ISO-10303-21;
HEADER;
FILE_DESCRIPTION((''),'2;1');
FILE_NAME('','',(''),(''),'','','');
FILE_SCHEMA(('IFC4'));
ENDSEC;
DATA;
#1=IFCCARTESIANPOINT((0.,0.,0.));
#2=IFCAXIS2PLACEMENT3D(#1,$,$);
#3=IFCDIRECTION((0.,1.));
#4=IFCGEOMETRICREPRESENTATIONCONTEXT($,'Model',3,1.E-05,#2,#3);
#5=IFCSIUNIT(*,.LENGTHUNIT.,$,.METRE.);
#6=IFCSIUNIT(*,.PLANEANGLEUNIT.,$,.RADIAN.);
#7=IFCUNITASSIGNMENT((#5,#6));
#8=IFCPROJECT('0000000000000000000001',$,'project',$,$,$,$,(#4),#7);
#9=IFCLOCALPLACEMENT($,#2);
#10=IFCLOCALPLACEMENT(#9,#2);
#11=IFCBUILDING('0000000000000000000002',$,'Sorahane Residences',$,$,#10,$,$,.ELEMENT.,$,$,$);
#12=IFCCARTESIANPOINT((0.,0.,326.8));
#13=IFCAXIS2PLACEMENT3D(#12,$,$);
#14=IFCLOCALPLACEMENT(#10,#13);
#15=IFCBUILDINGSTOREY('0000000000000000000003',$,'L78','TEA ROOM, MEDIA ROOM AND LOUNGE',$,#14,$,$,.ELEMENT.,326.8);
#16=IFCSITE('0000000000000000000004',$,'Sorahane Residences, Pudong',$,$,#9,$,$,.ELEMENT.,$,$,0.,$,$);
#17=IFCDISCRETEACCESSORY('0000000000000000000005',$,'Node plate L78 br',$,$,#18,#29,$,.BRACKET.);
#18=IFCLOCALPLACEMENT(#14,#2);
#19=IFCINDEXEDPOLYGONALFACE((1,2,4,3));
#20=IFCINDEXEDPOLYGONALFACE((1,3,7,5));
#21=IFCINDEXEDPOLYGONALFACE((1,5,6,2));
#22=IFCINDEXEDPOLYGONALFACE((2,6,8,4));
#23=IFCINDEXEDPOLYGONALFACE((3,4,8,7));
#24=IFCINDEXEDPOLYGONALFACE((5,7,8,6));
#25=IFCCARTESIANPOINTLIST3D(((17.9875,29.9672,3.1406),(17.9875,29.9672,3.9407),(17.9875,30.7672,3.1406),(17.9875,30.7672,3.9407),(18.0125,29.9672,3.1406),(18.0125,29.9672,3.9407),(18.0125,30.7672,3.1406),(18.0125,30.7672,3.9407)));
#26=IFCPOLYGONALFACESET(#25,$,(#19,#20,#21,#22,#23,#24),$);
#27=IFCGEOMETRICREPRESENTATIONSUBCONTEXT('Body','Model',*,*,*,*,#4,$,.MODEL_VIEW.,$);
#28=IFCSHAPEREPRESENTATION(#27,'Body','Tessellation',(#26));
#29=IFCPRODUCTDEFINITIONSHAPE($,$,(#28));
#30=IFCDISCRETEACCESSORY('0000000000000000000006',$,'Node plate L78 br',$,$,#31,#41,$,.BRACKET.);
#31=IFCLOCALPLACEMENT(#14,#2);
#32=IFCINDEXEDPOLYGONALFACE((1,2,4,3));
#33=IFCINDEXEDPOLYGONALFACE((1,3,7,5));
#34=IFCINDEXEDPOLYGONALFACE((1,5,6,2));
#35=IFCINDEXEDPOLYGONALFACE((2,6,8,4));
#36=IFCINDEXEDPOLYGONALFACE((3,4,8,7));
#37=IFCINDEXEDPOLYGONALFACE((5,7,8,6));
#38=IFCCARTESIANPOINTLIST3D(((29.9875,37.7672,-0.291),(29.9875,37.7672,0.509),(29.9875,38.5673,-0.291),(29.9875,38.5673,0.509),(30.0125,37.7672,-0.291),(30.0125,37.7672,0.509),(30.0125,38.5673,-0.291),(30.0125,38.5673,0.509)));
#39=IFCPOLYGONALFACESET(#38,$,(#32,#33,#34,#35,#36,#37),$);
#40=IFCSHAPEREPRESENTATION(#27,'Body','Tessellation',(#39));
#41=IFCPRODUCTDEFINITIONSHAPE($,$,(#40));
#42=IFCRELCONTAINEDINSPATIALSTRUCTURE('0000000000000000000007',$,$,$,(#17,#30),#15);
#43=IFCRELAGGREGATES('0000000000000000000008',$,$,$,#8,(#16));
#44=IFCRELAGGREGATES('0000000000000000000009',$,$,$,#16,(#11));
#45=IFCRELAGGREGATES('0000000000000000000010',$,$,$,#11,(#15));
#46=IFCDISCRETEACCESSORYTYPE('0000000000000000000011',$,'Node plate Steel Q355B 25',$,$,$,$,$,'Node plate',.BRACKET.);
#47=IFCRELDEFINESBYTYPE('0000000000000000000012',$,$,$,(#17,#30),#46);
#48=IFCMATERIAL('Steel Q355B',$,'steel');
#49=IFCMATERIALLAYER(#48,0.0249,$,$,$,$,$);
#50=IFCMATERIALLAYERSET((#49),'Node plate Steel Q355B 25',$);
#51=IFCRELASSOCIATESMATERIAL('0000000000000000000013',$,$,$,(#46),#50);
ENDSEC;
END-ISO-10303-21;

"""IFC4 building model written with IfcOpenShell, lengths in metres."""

from ifc_helpers import new_model, si_unit, direction, frame, origin, origin_2d, place, context, subcontext, project, spatial, rectangle, extrude, material, layer, layer_set, type_object, element, save


model = new_model("IFC4")

# Units and contexts
model_context = context("Model", 3, precision=1e-05, world=origin(), true_north=direction((0.0, 1.0)))
body_context = subcontext(model_context, "Body", "Model", "MODEL_VIEW")
ifc_project = project(units=[si_unit("LENGTHUNIT", "METRE"), si_unit("PLANEANGLEUNIT", "RADIAN")], contexts=[model_context])

# Site, building, storey
site_placement = place(None, origin())
site = spatial("IfcSite", under=ifc_project, at=site_placement, Name="Sorahane Residences, Pudong", CompositionType="ELEMENT", RefElevation=0.0)
building_placement = place(site_placement, origin())
building = spatial("IfcBuilding", under=site, at=building_placement, Name="Sorahane Residences", CompositionType="ELEMENT")
storey_placement = place(building_placement, frame((0.0, 0.0, 326.8)))
storey = spatial("IfcBuildingStorey", under=building, at=storey_placement, Name="L78", Description="TEA ROOM, MEDIA ROOM AND LOUNGE", CompositionType="ELEMENT", Elevation=326.8)

# Discrete accessories
ifc_material_1 = material(Name="Steel Q355B", Category="steel")
ifc_layer_1 = layer(ifc_material_1, 0.0249)
ifc_layer_set_1 = layer_set([ifc_layer_1], Name="Node plate Steel Q355B 25")
discrete_accessory_type = type_object("IfcDiscreteAccessoryType", Name="Node plate Steel Q355B 25", ElementType="Node plate", PredefinedType="BRACKET", material=ifc_layer_set_1)
for number, where, z_axis, x_axis, name in (
    (1, (18.0, 30.3672, 3.1406), (0.0, 0.0, 1.0), (0.0, 1.0, 0.0), "Node plate L78 br"),
    (2, (30.0, 38.1672, -0.291), (0.0, 0.0, 1.0), (0.0, 1.0, 0.0), "Node plate L78 br"),
):
    element("IfcDiscreteAccessory", number, at=place(storey_placement, frame(where, z_axis=z_axis, x_axis=x_axis)), inside=storey, type_object=discrete_accessory_type, Name=name, PredefinedType="BRACKET", context=body_context, shape_type="SweptSolid", body=[
        extrude(rectangle(XDim=0.8, YDim=0.0249, at=origin_2d()), origin(), (0.0, 0.0, 1.0), 0.8),
    ])

save(model, "model.ifc")
